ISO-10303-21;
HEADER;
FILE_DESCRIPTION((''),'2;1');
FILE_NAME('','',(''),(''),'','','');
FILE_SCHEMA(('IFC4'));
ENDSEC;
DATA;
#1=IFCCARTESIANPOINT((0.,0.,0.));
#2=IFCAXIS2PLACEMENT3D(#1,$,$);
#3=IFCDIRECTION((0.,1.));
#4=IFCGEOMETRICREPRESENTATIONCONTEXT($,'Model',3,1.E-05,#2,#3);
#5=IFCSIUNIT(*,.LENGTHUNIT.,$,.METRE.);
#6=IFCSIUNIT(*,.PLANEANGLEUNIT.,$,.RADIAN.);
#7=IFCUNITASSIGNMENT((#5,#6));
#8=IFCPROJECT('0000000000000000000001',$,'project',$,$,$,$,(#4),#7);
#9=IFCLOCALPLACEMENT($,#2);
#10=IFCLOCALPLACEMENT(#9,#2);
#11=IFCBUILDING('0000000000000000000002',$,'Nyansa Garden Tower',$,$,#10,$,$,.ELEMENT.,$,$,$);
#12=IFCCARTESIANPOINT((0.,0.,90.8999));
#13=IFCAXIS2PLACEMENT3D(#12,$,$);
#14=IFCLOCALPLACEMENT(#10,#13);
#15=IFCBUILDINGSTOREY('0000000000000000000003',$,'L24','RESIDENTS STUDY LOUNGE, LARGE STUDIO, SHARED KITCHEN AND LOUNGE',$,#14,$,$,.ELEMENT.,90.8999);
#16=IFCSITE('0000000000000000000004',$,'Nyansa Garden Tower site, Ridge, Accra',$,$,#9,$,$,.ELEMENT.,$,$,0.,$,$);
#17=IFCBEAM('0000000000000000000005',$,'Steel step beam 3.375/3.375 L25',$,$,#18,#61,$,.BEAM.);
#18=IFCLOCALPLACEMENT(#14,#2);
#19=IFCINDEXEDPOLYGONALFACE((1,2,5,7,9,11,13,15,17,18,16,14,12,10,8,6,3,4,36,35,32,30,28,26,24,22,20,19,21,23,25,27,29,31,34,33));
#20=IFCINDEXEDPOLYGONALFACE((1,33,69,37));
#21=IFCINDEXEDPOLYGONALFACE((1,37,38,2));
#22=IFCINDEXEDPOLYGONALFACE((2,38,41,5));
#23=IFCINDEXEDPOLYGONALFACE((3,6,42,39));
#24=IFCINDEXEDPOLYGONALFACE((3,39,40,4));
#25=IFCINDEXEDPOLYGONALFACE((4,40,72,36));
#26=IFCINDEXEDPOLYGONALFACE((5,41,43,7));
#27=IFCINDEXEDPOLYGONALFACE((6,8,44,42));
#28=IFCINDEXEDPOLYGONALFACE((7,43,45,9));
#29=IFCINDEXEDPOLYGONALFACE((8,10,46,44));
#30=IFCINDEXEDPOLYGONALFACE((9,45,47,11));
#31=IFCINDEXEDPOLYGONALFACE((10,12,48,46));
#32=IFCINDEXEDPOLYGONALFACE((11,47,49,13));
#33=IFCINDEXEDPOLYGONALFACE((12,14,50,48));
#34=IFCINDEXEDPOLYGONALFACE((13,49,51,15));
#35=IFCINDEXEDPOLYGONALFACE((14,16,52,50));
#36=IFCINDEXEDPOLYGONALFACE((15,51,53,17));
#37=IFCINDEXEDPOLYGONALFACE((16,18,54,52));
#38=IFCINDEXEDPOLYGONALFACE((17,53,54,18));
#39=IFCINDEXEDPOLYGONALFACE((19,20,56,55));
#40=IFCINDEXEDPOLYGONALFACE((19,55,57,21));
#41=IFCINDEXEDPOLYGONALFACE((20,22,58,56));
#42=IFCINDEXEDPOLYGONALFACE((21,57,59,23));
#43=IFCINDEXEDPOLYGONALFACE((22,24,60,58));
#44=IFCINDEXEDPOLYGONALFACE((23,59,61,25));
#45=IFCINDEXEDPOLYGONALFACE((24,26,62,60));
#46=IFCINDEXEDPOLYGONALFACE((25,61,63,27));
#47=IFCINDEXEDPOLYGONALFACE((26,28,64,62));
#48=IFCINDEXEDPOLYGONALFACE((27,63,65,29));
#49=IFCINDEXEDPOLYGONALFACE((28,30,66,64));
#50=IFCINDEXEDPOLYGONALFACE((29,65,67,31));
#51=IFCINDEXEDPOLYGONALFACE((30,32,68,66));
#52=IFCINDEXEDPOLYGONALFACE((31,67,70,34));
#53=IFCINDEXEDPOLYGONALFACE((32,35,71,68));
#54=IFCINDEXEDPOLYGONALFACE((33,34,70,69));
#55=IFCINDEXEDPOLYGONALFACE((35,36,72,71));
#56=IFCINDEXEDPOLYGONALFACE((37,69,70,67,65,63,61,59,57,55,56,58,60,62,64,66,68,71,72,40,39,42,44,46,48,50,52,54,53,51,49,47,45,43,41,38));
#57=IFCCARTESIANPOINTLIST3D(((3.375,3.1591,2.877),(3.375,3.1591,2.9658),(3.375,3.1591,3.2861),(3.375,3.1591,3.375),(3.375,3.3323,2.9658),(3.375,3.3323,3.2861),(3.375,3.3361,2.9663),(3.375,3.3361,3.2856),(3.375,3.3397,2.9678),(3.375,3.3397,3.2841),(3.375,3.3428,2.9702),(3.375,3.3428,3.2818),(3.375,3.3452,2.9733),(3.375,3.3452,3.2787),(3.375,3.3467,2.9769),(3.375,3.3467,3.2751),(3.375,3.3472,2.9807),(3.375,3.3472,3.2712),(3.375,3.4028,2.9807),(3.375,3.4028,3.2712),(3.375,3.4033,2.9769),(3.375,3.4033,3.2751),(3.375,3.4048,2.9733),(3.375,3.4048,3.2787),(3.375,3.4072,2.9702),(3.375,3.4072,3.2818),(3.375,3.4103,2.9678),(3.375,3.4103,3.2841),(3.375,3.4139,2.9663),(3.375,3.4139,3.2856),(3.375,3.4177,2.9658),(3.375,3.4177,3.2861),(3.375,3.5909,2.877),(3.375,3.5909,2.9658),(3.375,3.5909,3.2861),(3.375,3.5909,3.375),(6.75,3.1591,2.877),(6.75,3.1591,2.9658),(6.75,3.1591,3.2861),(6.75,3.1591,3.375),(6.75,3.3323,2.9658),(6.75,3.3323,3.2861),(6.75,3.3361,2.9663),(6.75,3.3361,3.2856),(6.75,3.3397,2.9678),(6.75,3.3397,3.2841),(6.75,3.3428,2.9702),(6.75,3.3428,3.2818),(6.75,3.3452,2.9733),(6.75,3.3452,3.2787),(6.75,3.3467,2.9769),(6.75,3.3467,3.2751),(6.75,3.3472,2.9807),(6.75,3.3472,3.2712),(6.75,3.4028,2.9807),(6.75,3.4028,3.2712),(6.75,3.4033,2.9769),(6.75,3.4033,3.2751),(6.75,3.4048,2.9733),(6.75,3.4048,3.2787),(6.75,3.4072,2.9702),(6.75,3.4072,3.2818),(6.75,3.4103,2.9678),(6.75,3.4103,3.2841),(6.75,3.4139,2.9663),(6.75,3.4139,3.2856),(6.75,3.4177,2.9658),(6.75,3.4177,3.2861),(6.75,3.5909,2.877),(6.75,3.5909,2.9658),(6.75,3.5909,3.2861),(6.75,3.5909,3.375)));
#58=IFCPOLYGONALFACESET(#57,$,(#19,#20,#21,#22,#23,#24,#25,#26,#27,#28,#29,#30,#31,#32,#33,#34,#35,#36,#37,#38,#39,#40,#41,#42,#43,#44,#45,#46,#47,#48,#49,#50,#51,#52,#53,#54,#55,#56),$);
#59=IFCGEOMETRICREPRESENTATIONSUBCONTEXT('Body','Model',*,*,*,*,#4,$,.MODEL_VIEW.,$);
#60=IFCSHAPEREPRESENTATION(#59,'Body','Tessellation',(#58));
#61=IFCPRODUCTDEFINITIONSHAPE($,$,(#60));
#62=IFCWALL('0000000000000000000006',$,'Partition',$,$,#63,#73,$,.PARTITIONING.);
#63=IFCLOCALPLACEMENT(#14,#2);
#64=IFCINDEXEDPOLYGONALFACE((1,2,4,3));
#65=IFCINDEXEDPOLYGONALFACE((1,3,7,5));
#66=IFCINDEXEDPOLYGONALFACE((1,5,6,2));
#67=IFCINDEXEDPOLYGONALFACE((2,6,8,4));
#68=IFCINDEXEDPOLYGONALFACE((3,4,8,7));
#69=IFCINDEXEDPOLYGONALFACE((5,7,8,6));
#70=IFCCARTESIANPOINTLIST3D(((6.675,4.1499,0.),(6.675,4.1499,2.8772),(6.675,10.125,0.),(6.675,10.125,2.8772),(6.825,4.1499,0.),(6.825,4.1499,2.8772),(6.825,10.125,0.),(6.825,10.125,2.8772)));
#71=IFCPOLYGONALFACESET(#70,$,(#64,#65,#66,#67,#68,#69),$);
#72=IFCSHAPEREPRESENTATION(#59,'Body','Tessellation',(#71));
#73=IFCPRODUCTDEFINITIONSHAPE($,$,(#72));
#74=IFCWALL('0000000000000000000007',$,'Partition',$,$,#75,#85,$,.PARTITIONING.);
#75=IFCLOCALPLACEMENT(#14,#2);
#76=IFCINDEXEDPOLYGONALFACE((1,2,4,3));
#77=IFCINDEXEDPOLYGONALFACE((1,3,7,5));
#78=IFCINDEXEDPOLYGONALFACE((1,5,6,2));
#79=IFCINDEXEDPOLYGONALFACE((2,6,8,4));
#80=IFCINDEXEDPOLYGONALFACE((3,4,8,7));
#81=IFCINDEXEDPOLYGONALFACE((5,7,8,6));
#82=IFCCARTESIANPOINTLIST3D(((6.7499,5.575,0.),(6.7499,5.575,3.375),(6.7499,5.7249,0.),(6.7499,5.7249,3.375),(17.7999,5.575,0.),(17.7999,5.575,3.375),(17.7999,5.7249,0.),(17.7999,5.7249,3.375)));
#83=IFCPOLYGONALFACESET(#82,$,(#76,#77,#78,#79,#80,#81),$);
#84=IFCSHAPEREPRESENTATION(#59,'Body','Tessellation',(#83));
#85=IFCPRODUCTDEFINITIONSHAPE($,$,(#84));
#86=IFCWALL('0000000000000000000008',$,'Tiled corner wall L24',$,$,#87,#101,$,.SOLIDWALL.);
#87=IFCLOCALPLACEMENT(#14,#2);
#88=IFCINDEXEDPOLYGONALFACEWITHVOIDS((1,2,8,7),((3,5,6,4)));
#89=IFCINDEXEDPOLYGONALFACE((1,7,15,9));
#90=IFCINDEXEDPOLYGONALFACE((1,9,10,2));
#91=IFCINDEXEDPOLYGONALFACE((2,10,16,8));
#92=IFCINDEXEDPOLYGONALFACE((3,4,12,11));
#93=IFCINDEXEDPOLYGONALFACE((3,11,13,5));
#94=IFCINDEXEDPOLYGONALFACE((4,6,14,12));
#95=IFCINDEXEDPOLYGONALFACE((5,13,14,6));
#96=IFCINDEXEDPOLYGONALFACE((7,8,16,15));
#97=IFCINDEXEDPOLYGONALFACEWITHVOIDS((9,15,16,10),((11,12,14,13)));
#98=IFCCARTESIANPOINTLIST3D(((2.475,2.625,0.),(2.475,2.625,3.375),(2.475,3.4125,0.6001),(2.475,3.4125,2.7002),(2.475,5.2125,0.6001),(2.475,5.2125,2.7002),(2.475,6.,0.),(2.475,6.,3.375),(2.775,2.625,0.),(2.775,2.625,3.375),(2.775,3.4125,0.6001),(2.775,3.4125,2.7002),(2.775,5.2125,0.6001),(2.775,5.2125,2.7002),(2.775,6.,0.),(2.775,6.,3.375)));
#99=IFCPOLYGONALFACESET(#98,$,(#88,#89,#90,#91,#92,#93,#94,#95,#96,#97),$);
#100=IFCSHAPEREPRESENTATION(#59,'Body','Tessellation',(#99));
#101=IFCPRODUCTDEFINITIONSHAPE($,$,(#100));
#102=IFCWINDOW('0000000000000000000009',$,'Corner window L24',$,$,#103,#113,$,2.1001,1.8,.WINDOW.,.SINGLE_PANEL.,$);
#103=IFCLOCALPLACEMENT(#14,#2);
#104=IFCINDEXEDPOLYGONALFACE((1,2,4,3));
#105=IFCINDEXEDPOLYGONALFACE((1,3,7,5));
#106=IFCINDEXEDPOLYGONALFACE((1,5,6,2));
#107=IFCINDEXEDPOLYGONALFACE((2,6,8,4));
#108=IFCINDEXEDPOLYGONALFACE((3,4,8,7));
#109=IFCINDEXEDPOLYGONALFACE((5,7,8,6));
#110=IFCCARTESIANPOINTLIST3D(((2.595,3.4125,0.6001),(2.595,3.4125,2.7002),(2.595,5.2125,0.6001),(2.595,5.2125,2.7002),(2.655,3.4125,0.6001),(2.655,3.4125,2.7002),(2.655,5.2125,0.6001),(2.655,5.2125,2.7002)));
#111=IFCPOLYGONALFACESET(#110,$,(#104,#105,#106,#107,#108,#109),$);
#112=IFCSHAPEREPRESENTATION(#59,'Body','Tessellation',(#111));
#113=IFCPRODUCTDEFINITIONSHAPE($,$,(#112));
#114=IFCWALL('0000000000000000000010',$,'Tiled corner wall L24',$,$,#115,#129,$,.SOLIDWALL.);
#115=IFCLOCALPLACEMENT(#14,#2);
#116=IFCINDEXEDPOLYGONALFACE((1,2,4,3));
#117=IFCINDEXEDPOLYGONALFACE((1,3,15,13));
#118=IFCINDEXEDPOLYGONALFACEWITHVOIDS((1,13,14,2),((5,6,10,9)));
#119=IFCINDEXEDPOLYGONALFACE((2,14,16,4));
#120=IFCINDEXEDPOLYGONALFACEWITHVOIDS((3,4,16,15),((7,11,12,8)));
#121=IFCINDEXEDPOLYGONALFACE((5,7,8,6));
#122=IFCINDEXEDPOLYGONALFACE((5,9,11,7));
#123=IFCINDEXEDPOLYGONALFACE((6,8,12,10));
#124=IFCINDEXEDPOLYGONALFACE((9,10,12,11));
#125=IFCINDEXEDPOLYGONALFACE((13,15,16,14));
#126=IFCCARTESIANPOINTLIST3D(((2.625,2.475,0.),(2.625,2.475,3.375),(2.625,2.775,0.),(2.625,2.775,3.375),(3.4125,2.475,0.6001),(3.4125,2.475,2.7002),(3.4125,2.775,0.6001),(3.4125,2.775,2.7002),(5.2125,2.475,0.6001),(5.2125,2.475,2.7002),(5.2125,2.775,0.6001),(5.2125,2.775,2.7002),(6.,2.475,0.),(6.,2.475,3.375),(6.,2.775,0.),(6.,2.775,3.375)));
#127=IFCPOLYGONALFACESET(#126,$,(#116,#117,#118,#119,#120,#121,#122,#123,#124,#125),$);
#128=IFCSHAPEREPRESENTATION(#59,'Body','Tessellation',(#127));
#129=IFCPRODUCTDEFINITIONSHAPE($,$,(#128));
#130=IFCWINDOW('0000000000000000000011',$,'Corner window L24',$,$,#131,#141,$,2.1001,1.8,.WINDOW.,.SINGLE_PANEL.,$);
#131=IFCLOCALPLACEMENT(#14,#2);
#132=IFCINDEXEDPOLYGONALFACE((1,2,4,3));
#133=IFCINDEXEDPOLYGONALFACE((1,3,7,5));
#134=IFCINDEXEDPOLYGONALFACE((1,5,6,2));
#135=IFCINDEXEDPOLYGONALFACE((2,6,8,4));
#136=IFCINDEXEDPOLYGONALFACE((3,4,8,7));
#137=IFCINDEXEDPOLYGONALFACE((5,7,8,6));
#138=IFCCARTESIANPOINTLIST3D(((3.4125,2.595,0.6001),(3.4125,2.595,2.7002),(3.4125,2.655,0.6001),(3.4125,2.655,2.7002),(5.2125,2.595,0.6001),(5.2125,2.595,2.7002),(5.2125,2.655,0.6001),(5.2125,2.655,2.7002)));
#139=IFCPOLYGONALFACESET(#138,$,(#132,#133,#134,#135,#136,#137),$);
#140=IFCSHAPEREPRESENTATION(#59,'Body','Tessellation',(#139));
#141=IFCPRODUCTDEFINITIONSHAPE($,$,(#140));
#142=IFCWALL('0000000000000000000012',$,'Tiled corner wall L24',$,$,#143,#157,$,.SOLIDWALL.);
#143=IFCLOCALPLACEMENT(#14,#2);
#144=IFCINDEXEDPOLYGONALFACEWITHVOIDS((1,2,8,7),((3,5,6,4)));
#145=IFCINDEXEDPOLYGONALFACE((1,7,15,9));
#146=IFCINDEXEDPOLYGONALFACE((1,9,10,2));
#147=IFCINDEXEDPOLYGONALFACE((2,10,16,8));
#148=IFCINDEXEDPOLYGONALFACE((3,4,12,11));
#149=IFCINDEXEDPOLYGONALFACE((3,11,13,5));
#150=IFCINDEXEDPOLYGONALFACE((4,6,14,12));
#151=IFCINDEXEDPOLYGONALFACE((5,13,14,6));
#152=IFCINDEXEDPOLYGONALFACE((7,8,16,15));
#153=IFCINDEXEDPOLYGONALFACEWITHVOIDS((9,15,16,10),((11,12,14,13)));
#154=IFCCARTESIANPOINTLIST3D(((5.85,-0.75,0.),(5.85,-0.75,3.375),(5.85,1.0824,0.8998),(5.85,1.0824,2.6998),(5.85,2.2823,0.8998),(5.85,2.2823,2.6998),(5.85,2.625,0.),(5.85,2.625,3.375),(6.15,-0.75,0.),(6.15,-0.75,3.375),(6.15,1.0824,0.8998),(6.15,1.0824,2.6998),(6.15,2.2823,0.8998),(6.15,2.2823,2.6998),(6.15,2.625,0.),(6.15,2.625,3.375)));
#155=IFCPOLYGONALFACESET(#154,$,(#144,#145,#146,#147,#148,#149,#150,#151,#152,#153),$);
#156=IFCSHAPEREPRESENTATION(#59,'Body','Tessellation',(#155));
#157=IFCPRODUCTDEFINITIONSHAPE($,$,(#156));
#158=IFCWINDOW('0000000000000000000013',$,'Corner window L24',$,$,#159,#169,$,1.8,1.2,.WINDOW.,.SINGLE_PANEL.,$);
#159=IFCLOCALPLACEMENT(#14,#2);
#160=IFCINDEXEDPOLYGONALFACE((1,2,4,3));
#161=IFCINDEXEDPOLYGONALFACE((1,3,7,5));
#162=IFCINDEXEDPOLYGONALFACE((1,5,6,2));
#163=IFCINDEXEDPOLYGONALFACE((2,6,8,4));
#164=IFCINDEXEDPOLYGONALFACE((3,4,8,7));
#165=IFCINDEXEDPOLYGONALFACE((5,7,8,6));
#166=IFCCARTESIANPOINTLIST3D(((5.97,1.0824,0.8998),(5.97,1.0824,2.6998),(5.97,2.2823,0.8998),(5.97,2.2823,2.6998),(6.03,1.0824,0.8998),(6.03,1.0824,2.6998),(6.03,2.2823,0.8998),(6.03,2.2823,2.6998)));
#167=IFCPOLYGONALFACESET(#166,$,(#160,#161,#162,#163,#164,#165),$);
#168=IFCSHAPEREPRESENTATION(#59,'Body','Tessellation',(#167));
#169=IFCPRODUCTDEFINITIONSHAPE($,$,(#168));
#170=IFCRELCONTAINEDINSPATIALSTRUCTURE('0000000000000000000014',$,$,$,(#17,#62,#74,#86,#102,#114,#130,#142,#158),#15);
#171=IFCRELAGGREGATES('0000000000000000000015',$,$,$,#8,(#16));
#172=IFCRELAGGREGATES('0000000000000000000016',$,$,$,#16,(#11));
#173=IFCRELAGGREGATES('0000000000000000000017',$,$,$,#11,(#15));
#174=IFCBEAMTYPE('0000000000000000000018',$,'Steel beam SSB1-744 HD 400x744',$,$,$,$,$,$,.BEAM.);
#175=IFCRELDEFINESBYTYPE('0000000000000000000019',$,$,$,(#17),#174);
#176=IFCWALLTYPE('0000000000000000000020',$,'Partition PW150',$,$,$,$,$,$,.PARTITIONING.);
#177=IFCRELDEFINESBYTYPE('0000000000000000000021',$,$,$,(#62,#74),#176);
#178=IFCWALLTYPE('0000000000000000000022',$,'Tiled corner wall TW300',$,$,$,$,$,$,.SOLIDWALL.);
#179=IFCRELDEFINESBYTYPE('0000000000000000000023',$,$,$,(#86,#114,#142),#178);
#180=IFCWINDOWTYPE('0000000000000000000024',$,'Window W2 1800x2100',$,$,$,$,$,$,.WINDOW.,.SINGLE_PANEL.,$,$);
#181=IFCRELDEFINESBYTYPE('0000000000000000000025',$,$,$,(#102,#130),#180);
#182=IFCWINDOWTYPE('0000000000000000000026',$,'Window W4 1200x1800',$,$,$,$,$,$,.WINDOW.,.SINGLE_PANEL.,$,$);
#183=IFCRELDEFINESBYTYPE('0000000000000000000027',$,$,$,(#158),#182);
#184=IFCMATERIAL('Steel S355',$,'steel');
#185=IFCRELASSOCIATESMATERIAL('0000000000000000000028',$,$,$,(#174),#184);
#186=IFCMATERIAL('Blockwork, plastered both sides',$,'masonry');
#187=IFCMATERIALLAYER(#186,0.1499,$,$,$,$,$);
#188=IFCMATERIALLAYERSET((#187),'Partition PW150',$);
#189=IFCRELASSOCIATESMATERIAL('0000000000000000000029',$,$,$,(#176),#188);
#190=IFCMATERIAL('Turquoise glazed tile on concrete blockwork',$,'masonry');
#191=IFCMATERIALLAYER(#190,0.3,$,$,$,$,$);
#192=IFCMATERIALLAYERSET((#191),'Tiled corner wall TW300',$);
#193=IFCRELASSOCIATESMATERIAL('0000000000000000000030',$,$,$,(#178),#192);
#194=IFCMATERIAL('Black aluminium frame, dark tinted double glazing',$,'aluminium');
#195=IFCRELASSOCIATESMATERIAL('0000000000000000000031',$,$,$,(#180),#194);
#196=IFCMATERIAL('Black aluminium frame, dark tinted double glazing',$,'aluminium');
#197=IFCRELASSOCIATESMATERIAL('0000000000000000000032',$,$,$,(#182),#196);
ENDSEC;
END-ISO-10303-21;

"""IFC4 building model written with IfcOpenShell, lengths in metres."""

from ifc_helpers import new_model, si_unit, direction, frame, frame_2d, origin, origin_2d, place, context, subcontext, project, spatial, rectangle, i_section, extrude, material, layer, layer_set, material_profile, profile_set, type_object, element, fill, save


model = new_model("IFC4")

# Units and contexts
model_context = context("Model", 3, precision=1e-05, world=origin(), true_north=direction((0.0, 1.0)))
body_context = subcontext(model_context, "Body", "Model", "MODEL_VIEW")
ifc_project = project(units=[si_unit("LENGTHUNIT", "METRE"), si_unit("PLANEANGLEUNIT", "RADIAN")], contexts=[model_context])

# Site, building, storey
site_placement = place(None, origin())
site = spatial("IfcSite", under=ifc_project, at=site_placement, Name="Nyansa Garden Tower site, Ridge, Accra", CompositionType="ELEMENT", RefElevation=0.0)
building_placement = place(site_placement, origin())
building = spatial("IfcBuilding", under=site, at=building_placement, Name="Nyansa Garden Tower", CompositionType="ELEMENT")
storey_placement = place(building_placement, frame((0.0, 0.0, 90.8999)))
storey = spatial("IfcBuildingStorey", under=building, at=storey_placement, Name="L24", Description="RESIDENTS STUDY LOUNGE, LARGE STUDIO, SHARED KITCHEN AND LOUNGE", CompositionType="ELEMENT", Elevation=90.8999)

# Beam
ifc_material_1 = material(Name="Steel S355", Category="steel")
ifc_material_profile_1 = material_profile(ifc_material_1, i_section(OverallWidth=0.4319, OverallDepth=0.498, WebThickness=0.0557, FlangeThickness=0.0889, FilletRadius=0.0149, at=origin_2d()), Name="HD 400x744")
ifc_profile_set_1 = profile_set([ifc_material_profile_1], Name="Steel S355")
beam_type_1 = type_object("IfcBeamType", Name="Steel beam SSB1-744 HD 400x744", PredefinedType="BEAM", material=ifc_profile_set_1)
for number, where, z_axis, x_axis, name in (
    (1, (3.375, 3.375, 3.126), (1.0, 0.0, 0.0), (0.0, 1.0, 0.0), "Steel step beam 3.375/3.375 L25"),
):
    element("IfcBeam", number, at=place(storey_placement, frame(where, z_axis=z_axis, x_axis=x_axis)), inside=storey, type_object=beam_type_1, Name=name, PredefinedType="BEAM", context=body_context, shape_type="SweptSolid", body=[
        extrude(i_section(OverallWidth=0.4319, OverallDepth=0.498, WebThickness=0.0557, FlangeThickness=0.0889, FilletRadius=0.0149, at=origin_2d()), origin(), (0.0, 0.0, 1.0), 3.375),
    ])

# Walls
ifc_material_2 = material(Name="Blockwork, plastered both sides", Category="masonry")
ifc_layer_1 = layer(ifc_material_2, 0.1499)
ifc_layer_set_1 = layer_set([ifc_layer_1], Name="Partition PW150")
wall_type_1 = type_object("IfcWallType", Name="Partition PW150", PredefinedType="PARTITIONING", material=ifc_layer_set_1)
wall_1_placement = place(storey_placement, frame((6.75, 4.1499, 0.0), z_axis=(0.0, 0.0, 1.0), x_axis=(0.0, 1.0, 0.0)))
element("IfcWall", 2, at=wall_1_placement, inside=storey, type_object=wall_type_1, Name="Partition", PredefinedType="PARTITIONING", context=body_context, shape_type="SweptSolid", body=[
    extrude(rectangle(XDim=5.9751, YDim=0.1499, at=frame_2d((2.9875, 0.0))), origin(), (0.0, 0.0, 1.0), 2.8772),
])
wall_2_placement = place(storey_placement, frame((6.75, 5.6499, 0.0), z_axis=(0.0, 0.0, 1.0), x_axis=(1.0, 0.0, 0.0)))
element("IfcWall", 3, at=wall_2_placement, inside=storey, type_object=wall_type_1, Name="Partition", PredefinedType="PARTITIONING", context=body_context, shape_type="SweptSolid", body=[
    extrude(rectangle(XDim=11.05, YDim=0.1499, at=frame_2d((5.5249, 0.0))), origin(), (0.0, 0.0, 1.0), 3.375),
])

# Walls, openings, windows
ifc_material_3 = material(Name="Turquoise glazed tile on concrete blockwork", Category="masonry")
ifc_layer_2 = layer(ifc_material_3, 0.3)
ifc_layer_set_2 = layer_set([ifc_layer_2], Name="Tiled corner wall TW300")
wall_type_2 = type_object("IfcWallType", Name="Tiled corner wall TW300", PredefinedType="SOLIDWALL", material=ifc_layer_set_2)
wall_3_placement = place(storey_placement, frame((2.625, 6.0, 0.0), z_axis=(0.0, 0.0, 1.0), x_axis=(0.0, -1.0, 0.0)))
wall_3 = element("IfcWall", 4, at=wall_3_placement, inside=storey, type_object=wall_type_2, Name="Tiled corner wall L24", PredefinedType="SOLIDWALL", context=body_context, shape_type="SweptSolid", body=[
    extrude(rectangle(XDim=3.375, YDim=0.3, at=frame_2d((1.6875, 0.0))), origin(), (0.0, 0.0, 1.0), 3.375),
])
opening_1_placement = place(wall_3_placement, frame((0.7876, 0.0, 0.6001)))
opening_1 = element("IfcOpeningElement", 5, at=opening_1_placement, cuts=wall_3, PredefinedType="OPENING", context=body_context, shape_type="SweptSolid", body=[
    extrude(rectangle(XDim=1.8, YDim=2.1001, at=frame_2d((0.8999, 1.05))), frame((0.0, 0.1599, 0.0), z_axis=(0.0, -1.0, 0.0), x_axis=(1.0, 0.0, 0.0)), (0.0, 0.0, 1.0), 0.3201),
])
ifc_material_4 = material(Name="Black aluminium frame, dark tinted double glazing", Category="aluminium")
window_type_1 = type_object("IfcWindowType", Name="Window W2 1800x2100", PartitioningType="SINGLE_PANEL", PredefinedType="WINDOW", material=ifc_material_4)
window_1_placement = place(opening_1_placement, origin())
window_1 = element("IfcWindow", 6, at=window_1_placement, inside=storey, type_object=window_type_1, Name="Corner window L24", OverallHeight=2.1001, OverallWidth=1.8, PartitioningType="SINGLE_PANEL", PredefinedType="WINDOW", context=body_context, shape_type="SweptSolid", body=[
    extrude(rectangle(XDim=1.8, YDim=2.1001, at=frame_2d((0.8999, 1.05))), frame((0.0, 0.03, 0.0), z_axis=(0.0, -1.0, 0.0), x_axis=(1.0, 0.0, 0.0)), (0.0, 0.0, 1.0), 0.0601),
])
fill(opening_1, window_1)
wall_4_placement = place(storey_placement, frame((2.625, 2.625, 0.0), z_axis=(0.0, 0.0, 1.0), x_axis=(1.0, 0.0, 0.0)))
wall_4 = element("IfcWall", 7, at=wall_4_placement, inside=storey, type_object=wall_type_2, Name="Tiled corner wall L24", PredefinedType="SOLIDWALL", context=body_context, shape_type="SweptSolid", body=[
    extrude(rectangle(XDim=3.375, YDim=0.3, at=frame_2d((1.6875, 0.0))), origin(), (0.0, 0.0, 1.0), 3.375),
])
opening_2_placement = place(wall_4_placement, frame((0.7876, 0.0, 0.6001)))
opening_2 = element("IfcOpeningElement", 8, at=opening_2_placement, cuts=wall_4, PredefinedType="OPENING", context=body_context, shape_type="SweptSolid", body=[
    extrude(rectangle(XDim=1.8, YDim=2.1001, at=frame_2d((0.8999, 1.05))), frame((0.0, 0.1599, 0.0), z_axis=(0.0, -1.0, 0.0), x_axis=(1.0, 0.0, 0.0)), (0.0, 0.0, 1.0), 0.3201),
])
window_2_placement = place(opening_2_placement, origin())
window_2 = element("IfcWindow", 9, at=window_2_placement, inside=storey, type_object=window_type_1, Name="Corner window L24", OverallHeight=2.1001, OverallWidth=1.8, PartitioningType="SINGLE_PANEL", PredefinedType="WINDOW", context=body_context, shape_type="SweptSolid", body=[
    extrude(rectangle(XDim=1.8, YDim=2.1001, at=frame_2d((0.8999, 1.05))), frame((0.0, 0.03, 0.0), z_axis=(0.0, -1.0, 0.0), x_axis=(1.0, 0.0, 0.0)), (0.0, 0.0, 1.0), 0.0601),
])
fill(opening_2, window_2)
wall_5_placement = place(storey_placement, frame((6.0, 2.625, 0.0), z_axis=(0.0, 0.0, 1.0), x_axis=(0.0, -1.0, 0.0)))
wall_5 = element("IfcWall", 10, at=wall_5_placement, inside=storey, type_object=wall_type_2, Name="Tiled corner wall L24", PredefinedType="SOLIDWALL", context=body_context, shape_type="SweptSolid", body=[
    extrude(rectangle(XDim=3.375, YDim=0.3, at=frame_2d((1.6875, 0.0))), origin(), (0.0, 0.0, 1.0), 3.375),
])
opening_3_placement = place(wall_5_placement, frame((0.3425, 0.0, 0.8999)))
opening_3 = element("IfcOpeningElement", 11, at=opening_3_placement, cuts=wall_5, PredefinedType="OPENING", context=body_context, shape_type="SweptSolid", body=[
    extrude(rectangle(XDim=1.2, YDim=1.8, at=frame_2d((0.6001, 0.8999))), frame((0.0, 0.1599, 0.0), z_axis=(0.0, -1.0, 0.0), x_axis=(1.0, 0.0, 0.0)), (0.0, 0.0, 1.0), 0.3201),
])
ifc_material_5 = material(Name="Black aluminium frame, dark tinted double glazing", Category="aluminium")
window_type_2 = type_object("IfcWindowType", Name="Window W4 1200x1800", PartitioningType="SINGLE_PANEL", PredefinedType="WINDOW", material=ifc_material_5)
window_3_placement = place(opening_3_placement, origin())
window_3 = element("IfcWindow", 12, at=window_3_placement, inside=storey, type_object=window_type_2, Name="Corner window L24", OverallHeight=1.8, OverallWidth=1.2, PartitioningType="SINGLE_PANEL", PredefinedType="WINDOW", context=body_context, shape_type="SweptSolid", body=[
    extrude(rectangle(XDim=1.2, YDim=1.8, at=frame_2d((0.6001, 0.8999))), frame((0.0, 0.03, 0.0), z_axis=(0.0, -1.0, 0.0), x_axis=(1.0, 0.0, 0.0)), (0.0, 0.0, 1.0), 0.0601),
])
fill(opening_3, window_3)

save(model, "model.ifc")
